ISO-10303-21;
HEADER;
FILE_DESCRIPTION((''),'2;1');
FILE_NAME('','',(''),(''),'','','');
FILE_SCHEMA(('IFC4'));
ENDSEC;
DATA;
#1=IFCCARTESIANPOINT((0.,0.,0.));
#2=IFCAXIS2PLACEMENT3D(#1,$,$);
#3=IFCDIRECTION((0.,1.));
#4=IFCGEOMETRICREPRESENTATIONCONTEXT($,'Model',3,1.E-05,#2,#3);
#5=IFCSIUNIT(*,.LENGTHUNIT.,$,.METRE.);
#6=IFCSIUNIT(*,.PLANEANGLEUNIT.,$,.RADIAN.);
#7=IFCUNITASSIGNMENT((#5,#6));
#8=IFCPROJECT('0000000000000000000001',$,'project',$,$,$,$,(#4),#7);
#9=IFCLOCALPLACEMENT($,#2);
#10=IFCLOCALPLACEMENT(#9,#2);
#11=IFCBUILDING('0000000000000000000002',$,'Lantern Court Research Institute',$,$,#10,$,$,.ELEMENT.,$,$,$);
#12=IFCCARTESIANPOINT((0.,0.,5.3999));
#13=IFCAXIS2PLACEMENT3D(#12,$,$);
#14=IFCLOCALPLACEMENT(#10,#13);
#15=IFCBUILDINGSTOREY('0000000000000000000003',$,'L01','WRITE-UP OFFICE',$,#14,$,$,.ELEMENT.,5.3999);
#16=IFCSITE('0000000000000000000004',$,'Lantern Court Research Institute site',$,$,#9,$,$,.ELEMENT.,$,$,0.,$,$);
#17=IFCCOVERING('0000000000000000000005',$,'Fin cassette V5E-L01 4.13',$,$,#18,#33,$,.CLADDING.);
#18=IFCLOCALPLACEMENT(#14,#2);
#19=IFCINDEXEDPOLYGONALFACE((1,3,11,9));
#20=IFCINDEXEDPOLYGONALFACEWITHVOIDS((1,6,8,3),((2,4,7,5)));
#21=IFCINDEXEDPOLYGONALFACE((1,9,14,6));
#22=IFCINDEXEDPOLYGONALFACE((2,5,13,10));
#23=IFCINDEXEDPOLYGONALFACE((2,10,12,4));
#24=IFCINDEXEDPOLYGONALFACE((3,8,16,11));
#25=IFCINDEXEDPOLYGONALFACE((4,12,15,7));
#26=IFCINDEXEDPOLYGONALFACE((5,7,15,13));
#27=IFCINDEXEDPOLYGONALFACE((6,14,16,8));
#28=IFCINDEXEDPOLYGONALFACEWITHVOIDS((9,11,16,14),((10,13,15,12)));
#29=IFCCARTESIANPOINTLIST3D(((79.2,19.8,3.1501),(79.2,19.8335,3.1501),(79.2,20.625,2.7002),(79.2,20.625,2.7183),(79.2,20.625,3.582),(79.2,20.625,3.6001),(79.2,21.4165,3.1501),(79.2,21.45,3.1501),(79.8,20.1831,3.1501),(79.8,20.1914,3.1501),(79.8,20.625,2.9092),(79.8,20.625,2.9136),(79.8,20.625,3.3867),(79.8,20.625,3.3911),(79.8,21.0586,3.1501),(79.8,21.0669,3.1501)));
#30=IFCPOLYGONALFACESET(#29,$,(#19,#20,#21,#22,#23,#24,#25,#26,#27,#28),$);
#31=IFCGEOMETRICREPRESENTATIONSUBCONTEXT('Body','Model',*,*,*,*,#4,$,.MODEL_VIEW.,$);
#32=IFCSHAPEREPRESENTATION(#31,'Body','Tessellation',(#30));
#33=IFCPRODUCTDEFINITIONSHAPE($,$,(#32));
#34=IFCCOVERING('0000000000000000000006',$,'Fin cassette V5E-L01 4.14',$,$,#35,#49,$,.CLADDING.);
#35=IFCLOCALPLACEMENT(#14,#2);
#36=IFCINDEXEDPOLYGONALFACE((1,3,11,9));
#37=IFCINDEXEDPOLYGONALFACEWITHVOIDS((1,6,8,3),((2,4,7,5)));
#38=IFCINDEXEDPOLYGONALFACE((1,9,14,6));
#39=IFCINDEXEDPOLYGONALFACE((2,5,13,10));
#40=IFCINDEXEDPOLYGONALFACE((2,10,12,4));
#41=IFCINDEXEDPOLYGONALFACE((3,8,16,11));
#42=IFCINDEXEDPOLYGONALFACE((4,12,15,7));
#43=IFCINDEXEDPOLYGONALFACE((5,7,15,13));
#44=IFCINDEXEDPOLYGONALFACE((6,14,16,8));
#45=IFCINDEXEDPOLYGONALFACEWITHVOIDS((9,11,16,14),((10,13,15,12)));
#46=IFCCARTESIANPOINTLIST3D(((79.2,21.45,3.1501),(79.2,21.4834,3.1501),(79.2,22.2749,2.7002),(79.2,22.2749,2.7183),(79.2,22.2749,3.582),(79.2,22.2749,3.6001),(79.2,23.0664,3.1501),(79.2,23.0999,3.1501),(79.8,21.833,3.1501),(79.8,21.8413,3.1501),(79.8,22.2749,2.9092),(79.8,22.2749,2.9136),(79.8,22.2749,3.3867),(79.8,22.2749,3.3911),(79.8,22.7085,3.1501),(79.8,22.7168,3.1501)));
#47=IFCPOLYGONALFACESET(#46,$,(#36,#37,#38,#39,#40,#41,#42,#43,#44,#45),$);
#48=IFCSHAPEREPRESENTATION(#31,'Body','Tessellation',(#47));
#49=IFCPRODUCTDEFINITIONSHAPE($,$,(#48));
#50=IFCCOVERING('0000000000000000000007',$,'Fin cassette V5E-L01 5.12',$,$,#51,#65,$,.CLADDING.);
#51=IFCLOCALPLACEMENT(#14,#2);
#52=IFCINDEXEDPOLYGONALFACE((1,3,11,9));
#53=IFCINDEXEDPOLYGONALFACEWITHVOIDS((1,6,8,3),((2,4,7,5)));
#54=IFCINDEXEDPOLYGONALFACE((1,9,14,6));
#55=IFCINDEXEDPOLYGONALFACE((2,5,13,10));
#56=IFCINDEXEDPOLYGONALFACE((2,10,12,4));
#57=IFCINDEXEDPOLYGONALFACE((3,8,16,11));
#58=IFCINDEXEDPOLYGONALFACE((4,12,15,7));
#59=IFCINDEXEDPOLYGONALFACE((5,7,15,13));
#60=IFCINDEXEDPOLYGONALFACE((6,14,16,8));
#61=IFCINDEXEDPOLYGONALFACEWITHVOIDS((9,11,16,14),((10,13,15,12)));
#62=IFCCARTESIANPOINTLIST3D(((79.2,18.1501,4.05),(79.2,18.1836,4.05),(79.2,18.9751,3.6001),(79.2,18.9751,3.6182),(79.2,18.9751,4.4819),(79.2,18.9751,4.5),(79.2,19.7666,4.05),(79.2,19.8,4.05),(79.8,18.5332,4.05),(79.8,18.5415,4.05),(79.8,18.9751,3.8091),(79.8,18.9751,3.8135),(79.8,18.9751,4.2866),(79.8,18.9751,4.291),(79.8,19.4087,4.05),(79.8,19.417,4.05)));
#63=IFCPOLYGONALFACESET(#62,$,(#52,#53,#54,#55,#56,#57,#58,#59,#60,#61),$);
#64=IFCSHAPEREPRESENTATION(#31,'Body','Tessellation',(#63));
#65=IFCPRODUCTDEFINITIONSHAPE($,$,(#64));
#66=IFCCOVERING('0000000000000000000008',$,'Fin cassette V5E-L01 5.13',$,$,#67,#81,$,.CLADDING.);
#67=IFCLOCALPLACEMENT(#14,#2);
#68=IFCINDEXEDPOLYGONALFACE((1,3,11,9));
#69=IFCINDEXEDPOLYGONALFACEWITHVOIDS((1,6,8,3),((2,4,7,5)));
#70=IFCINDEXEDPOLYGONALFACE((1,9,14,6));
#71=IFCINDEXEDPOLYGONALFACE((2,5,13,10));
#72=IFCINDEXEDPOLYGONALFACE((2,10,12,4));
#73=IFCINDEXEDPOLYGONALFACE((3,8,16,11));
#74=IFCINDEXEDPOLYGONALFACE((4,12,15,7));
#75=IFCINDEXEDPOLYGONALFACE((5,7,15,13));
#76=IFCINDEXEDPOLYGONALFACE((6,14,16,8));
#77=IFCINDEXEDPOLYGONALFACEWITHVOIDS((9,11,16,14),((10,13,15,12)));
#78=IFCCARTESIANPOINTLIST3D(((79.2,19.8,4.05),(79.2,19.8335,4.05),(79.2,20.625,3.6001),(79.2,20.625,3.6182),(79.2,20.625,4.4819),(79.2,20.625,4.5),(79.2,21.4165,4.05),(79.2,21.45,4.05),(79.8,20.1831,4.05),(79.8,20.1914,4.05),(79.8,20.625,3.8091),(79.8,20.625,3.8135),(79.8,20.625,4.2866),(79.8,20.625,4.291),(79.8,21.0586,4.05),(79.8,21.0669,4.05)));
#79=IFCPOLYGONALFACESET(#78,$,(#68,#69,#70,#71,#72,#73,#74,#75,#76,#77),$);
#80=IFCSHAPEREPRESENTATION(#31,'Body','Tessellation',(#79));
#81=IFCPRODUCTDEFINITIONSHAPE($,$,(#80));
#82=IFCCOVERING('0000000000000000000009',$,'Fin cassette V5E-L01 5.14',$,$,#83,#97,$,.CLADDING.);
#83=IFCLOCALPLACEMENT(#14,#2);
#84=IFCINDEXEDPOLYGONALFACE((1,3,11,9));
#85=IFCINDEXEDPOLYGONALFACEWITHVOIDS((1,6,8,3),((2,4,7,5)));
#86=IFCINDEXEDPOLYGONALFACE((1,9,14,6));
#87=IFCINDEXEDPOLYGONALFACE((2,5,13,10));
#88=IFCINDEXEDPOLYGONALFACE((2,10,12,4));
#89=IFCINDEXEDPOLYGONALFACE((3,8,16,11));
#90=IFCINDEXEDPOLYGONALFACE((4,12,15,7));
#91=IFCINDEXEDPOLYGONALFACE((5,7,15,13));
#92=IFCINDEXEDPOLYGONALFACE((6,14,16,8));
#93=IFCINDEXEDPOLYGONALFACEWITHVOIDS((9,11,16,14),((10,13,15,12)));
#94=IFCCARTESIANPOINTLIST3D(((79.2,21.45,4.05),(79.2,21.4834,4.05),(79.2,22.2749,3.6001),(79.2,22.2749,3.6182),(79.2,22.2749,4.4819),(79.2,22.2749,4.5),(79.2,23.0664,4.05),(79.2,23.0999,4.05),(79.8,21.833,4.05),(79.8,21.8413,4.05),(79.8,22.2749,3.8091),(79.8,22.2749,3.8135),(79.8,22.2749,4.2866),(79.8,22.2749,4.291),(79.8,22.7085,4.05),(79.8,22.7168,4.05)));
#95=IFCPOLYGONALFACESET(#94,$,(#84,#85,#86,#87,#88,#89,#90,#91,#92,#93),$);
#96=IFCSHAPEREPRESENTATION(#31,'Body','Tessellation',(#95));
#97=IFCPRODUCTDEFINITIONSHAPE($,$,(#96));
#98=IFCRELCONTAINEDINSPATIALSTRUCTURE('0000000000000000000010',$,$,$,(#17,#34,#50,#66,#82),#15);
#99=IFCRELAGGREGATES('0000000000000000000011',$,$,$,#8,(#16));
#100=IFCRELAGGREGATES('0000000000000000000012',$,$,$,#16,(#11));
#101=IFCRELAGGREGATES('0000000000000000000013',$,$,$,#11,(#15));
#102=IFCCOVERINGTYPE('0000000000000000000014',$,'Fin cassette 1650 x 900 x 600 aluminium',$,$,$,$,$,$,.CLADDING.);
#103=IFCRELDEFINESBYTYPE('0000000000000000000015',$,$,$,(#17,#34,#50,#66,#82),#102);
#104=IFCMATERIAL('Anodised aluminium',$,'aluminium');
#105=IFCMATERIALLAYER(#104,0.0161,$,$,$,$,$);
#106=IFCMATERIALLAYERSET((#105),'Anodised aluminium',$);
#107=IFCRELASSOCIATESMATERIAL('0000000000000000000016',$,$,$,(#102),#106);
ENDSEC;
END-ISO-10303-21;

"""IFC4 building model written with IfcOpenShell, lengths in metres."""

from ifc_helpers import new_model, entity, si_unit, direction, frame, origin, place, context, subcontext, project, spatial, material, layer, layer_set, type_object, element, save


model = new_model("IFC4")

# Units and contexts
model_context = context("Model", 3, precision=1e-05, world=origin(), true_north=direction((0.0, 1.0)))
body_context = subcontext(model_context, "Body", "Model", "MODEL_VIEW")
ifc_project = project(units=[si_unit("LENGTHUNIT", "METRE"), si_unit("PLANEANGLEUNIT", "RADIAN")], contexts=[model_context])

# Site, building, storey
site_placement = place(None, origin())
site = spatial("IfcSite", under=ifc_project, at=site_placement, Name="Lantern Court Research Institute site", CompositionType="ELEMENT", RefElevation=0.0)
building_placement = place(site_placement, origin())
building = spatial("IfcBuilding", under=site, at=building_placement, Name="Lantern Court Research Institute", CompositionType="ELEMENT")
storey_placement = place(building_placement, frame((0.0, 0.0, 5.3999)))
storey = spatial("IfcBuildingStorey", under=building, at=storey_placement, Name="L01", Description="WRITE-UP OFFICE", CompositionType="ELEMENT", Elevation=5.3999)

# Coverings
ifc_material_1 = material(Name="Anodised aluminium", Category="aluminium")
ifc_layer_1 = layer(ifc_material_1, 0.0161)
ifc_layer_set_1 = layer_set([ifc_layer_1], Name="Anodised aluminium")
covering_type = type_object("IfcCoveringType", Name="Fin cassette 1650 x 900 x 600 aluminium", PredefinedType="CLADDING", material=ifc_layer_set_1)
covering_1_placement = place(storey_placement, frame((79.2, 20.625, 3.1501), z_axis=(1.0, 0.0, 0.0), x_axis=(0.0, 1.0, 0.0)))
cartesian_point_1 = entity("IfcCartesianPoint", [0.825, 0.0])
cartesian_point_2 = entity("IfcCartesianPoint", [0.7915, 0.0])
cartesian_point_3 = entity("IfcCartesianPoint", [0.4419, 0.0])
cartesian_point_4 = entity("IfcCartesianPoint", [0.4336, 0.0])
element("IfcCovering", 1, at=covering_1_placement, inside=storey, type_object=covering_type, Name="Fin cassette V5E-L01 4.13", PredefinedType="CLADDING", context=body_context, shape_type="SweptSolid", body=[
    entity("IfcExtrudedAreaSolidTapered", entity("IfcArbitraryProfileDefWithVoids", "AREA", None, entity("IfcPolyline", [cartesian_point_1, entity("IfcCartesianPoint", [0.0, 0.45]), entity("IfcCartesianPoint", [-0.825, 0.0]), entity("IfcCartesianPoint", [0.0, -0.45]), cartesian_point_1]), [entity("IfcPolyline", [cartesian_point_2, entity("IfcCartesianPoint", [0.0, 0.4319]), entity("IfcCartesianPoint", [-0.7915, 0.0]), entity("IfcCartesianPoint", [0.0, -0.4319]), cartesian_point_2])]), entity("IfcAxis2Placement3D", entity("IfcCartesianPoint", [0.0, 0.0, 0.0])), entity("IfcDirection", [0.0, 0.0, 1.0]), 0.6001, entity("IfcArbitraryProfileDefWithVoids", "AREA", None, entity("IfcPolyline", [cartesian_point_3, entity("IfcCartesianPoint", [0.0, 0.241]), entity("IfcCartesianPoint", [-0.4419, 0.0]), entity("IfcCartesianPoint", [0.0, -0.241]), cartesian_point_3]), [entity("IfcPolyline", [cartesian_point_4, entity("IfcCartesianPoint", [0.0, 0.2366]), entity("IfcCartesianPoint", [-0.4336, 0.0]), entity("IfcCartesianPoint", [0.0, -0.2366]), cartesian_point_4])])),
])
covering_2_placement = place(storey_placement, frame((79.2, 22.2749, 3.1501), z_axis=(1.0, 0.0, 0.0), x_axis=(0.0, 1.0, 0.0)))
cartesian_point_5 = entity("IfcCartesianPoint", [0.825, 0.0])
cartesian_point_6 = entity("IfcCartesianPoint", [0.7915, 0.0])
cartesian_point_7 = entity("IfcCartesianPoint", [0.4419, 0.0])
cartesian_point_8 = entity("IfcCartesianPoint", [0.4336, 0.0])
element("IfcCovering", 2, at=covering_2_placement, inside=storey, type_object=covering_type, Name="Fin cassette V5E-L01 4.14", PredefinedType="CLADDING", context=body_context, shape_type="SweptSolid", body=[
    entity("IfcExtrudedAreaSolidTapered", entity("IfcArbitraryProfileDefWithVoids", "AREA", None, entity("IfcPolyline", [cartesian_point_5, entity("IfcCartesianPoint", [0.0, 0.45]), entity("IfcCartesianPoint", [-0.825, 0.0]), entity("IfcCartesianPoint", [0.0, -0.45]), cartesian_point_5]), [entity("IfcPolyline", [cartesian_point_6, entity("IfcCartesianPoint", [0.0, 0.4319]), entity("IfcCartesianPoint", [-0.7915, 0.0]), entity("IfcCartesianPoint", [0.0, -0.4319]), cartesian_point_6])]), entity("IfcAxis2Placement3D", entity("IfcCartesianPoint", [0.0, 0.0, 0.0])), entity("IfcDirection", [0.0, 0.0, 1.0]), 0.6001, entity("IfcArbitraryProfileDefWithVoids", "AREA", None, entity("IfcPolyline", [cartesian_point_7, entity("IfcCartesianPoint", [0.0, 0.241]), entity("IfcCartesianPoint", [-0.4419, 0.0]), entity("IfcCartesianPoint", [0.0, -0.241]), cartesian_point_7]), [entity("IfcPolyline", [cartesian_point_8, entity("IfcCartesianPoint", [0.0, 0.2366]), entity("IfcCartesianPoint", [-0.4336, 0.0]), entity("IfcCartesianPoint", [0.0, -0.2366]), cartesian_point_8])])),
])
covering_3_placement = place(storey_placement, frame((79.2, 18.9751, 4.05), z_axis=(1.0, 0.0, 0.0), x_axis=(0.0, 1.0, 0.0)))
cartesian_point_9 = entity("IfcCartesianPoint", [0.825, 0.0])
cartesian_point_10 = entity("IfcCartesianPoint", [0.7915, 0.0])
cartesian_point_11 = entity("IfcCartesianPoint", [0.4419, 0.0])
cartesian_point_12 = entity("IfcCartesianPoint", [0.4336, 0.0])
element("IfcCovering", 3, at=covering_3_placement, inside=storey, type_object=covering_type, Name="Fin cassette V5E-L01 5.12", PredefinedType="CLADDING", context=body_context, shape_type="SweptSolid", body=[
    entity("IfcExtrudedAreaSolidTapered", entity("IfcArbitraryProfileDefWithVoids", "AREA", None, entity("IfcPolyline", [cartesian_point_9, entity("IfcCartesianPoint", [0.0, 0.45]), entity("IfcCartesianPoint", [-0.825, 0.0]), entity("IfcCartesianPoint", [0.0, -0.45]), cartesian_point_9]), [entity("IfcPolyline", [cartesian_point_10, entity("IfcCartesianPoint", [0.0, 0.4319]), entity("IfcCartesianPoint", [-0.7915, 0.0]), entity("IfcCartesianPoint", [0.0, -0.4319]), cartesian_point_10])]), entity("IfcAxis2Placement3D", entity("IfcCartesianPoint", [0.0, 0.0, 0.0])), entity("IfcDirection", [0.0, 0.0, 1.0]), 0.6001, entity("IfcArbitraryProfileDefWithVoids", "AREA", None, entity("IfcPolyline", [cartesian_point_11, entity("IfcCartesianPoint", [0.0, 0.241]), entity("IfcCartesianPoint", [-0.4419, 0.0]), entity("IfcCartesianPoint", [0.0, -0.241]), cartesian_point_11]), [entity("IfcPolyline", [cartesian_point_12, entity("IfcCartesianPoint", [0.0, 0.2366]), entity("IfcCartesianPoint", [-0.4336, 0.0]), entity("IfcCartesianPoint", [0.0, -0.2366]), cartesian_point_12])])),
])
covering_4_placement = place(storey_placement, frame((79.2, 20.625, 4.05), z_axis=(1.0, 0.0, 0.0), x_axis=(0.0, 1.0, 0.0)))
cartesian_point_13 = entity("IfcCartesianPoint", [0.825, 0.0])
cartesian_point_14 = entity("IfcCartesianPoint", [0.7915, 0.0])
cartesian_point_15 = entity("IfcCartesianPoint", [0.4419, 0.0])
cartesian_point_16 = entity("IfcCartesianPoint", [0.4336, 0.0])
element("IfcCovering", 4, at=covering_4_placement, inside=storey, type_object=covering_type, Name="Fin cassette V5E-L01 5.13", PredefinedType="CLADDING", context=body_context, shape_type="SweptSolid", body=[
    entity("IfcExtrudedAreaSolidTapered", entity("IfcArbitraryProfileDefWithVoids", "AREA", None, entity("IfcPolyline", [cartesian_point_13, entity("IfcCartesianPoint", [0.0, 0.45]), entity("IfcCartesianPoint", [-0.825, 0.0]), entity("IfcCartesianPoint", [0.0, -0.45]), cartesian_point_13]), [entity("IfcPolyline", [cartesian_point_14, entity("IfcCartesianPoint", [0.0, 0.4319]), entity("IfcCartesianPoint", [-0.7915, 0.0]), entity("IfcCartesianPoint", [0.0, -0.4319]), cartesian_point_14])]), entity("IfcAxis2Placement3D", entity("IfcCartesianPoint", [0.0, 0.0, 0.0])), entity("IfcDirection", [0.0, 0.0, 1.0]), 0.6001, entity("IfcArbitraryProfileDefWithVoids", "AREA", None, entity("IfcPolyline", [cartesian_point_15, entity("IfcCartesianPoint", [0.0, 0.241]), entity("IfcCartesianPoint", [-0.4419, 0.0]), entity("IfcCartesianPoint", [0.0, -0.241]), cartesian_point_15]), [entity("IfcPolyline", [cartesian_point_16, entity("IfcCartesianPoint", [0.0, 0.2366]), entity("IfcCartesianPoint", [-0.4336, 0.0]), entity("IfcCartesianPoint", [0.0, -0.2366]), cartesian_point_16])])),
])
covering_5_placement = place(storey_placement, frame((79.2, 22.2749, 4.05), z_axis=(1.0, 0.0, 0.0), x_axis=(0.0, 1.0, 0.0)))
cartesian_point_17 = entity("IfcCartesianPoint", [0.825, 0.0])
cartesian_point_18 = entity("IfcCartesianPoint", [0.7915, 0.0])
cartesian_point_19 = entity("IfcCartesianPoint", [0.4419, 0.0])
cartesian_point_20 = entity("IfcCartesianPoint", [0.4336, 0.0])
element("IfcCovering", 5, at=covering_5_placement, inside=storey, type_object=covering_type, Name="Fin cassette V5E-L01 5.14", PredefinedType="CLADDING", context=body_context, shape_type="SweptSolid", body=[
    entity("IfcExtrudedAreaSolidTapered", entity("IfcArbitraryProfileDefWithVoids", "AREA", None, entity("IfcPolyline", [cartesian_point_17, entity("IfcCartesianPoint", [0.0, 0.45]), entity("IfcCartesianPoint", [-0.825, 0.0]), entity("IfcCartesianPoint", [0.0, -0.45]), cartesian_point_17]), [entity("IfcPolyline", [cartesian_point_18, entity("IfcCartesianPoint", [0.0, 0.4319]), entity("IfcCartesianPoint", [-0.7915, 0.0]), entity("IfcCartesianPoint", [0.0, -0.4319]), cartesian_point_18])]), entity("IfcAxis2Placement3D", entity("IfcCartesianPoint", [0.0, 0.0, 0.0])), entity("IfcDirection", [0.0, 0.0, 1.0]), 0.6001, entity("IfcArbitraryProfileDefWithVoids", "AREA", None, entity("IfcPolyline", [cartesian_point_19, entity("IfcCartesianPoint", [0.0, 0.241]), entity("IfcCartesianPoint", [-0.4419, 0.0]), entity("IfcCartesianPoint", [0.0, -0.241]), cartesian_point_19]), [entity("IfcPolyline", [cartesian_point_20, entity("IfcCartesianPoint", [0.0, 0.2366]), entity("IfcCartesianPoint", [-0.4336, 0.0]), entity("IfcCartesianPoint", [0.0, -0.2366]), cartesian_point_20])])),
])

save(model, "model.ifc")
